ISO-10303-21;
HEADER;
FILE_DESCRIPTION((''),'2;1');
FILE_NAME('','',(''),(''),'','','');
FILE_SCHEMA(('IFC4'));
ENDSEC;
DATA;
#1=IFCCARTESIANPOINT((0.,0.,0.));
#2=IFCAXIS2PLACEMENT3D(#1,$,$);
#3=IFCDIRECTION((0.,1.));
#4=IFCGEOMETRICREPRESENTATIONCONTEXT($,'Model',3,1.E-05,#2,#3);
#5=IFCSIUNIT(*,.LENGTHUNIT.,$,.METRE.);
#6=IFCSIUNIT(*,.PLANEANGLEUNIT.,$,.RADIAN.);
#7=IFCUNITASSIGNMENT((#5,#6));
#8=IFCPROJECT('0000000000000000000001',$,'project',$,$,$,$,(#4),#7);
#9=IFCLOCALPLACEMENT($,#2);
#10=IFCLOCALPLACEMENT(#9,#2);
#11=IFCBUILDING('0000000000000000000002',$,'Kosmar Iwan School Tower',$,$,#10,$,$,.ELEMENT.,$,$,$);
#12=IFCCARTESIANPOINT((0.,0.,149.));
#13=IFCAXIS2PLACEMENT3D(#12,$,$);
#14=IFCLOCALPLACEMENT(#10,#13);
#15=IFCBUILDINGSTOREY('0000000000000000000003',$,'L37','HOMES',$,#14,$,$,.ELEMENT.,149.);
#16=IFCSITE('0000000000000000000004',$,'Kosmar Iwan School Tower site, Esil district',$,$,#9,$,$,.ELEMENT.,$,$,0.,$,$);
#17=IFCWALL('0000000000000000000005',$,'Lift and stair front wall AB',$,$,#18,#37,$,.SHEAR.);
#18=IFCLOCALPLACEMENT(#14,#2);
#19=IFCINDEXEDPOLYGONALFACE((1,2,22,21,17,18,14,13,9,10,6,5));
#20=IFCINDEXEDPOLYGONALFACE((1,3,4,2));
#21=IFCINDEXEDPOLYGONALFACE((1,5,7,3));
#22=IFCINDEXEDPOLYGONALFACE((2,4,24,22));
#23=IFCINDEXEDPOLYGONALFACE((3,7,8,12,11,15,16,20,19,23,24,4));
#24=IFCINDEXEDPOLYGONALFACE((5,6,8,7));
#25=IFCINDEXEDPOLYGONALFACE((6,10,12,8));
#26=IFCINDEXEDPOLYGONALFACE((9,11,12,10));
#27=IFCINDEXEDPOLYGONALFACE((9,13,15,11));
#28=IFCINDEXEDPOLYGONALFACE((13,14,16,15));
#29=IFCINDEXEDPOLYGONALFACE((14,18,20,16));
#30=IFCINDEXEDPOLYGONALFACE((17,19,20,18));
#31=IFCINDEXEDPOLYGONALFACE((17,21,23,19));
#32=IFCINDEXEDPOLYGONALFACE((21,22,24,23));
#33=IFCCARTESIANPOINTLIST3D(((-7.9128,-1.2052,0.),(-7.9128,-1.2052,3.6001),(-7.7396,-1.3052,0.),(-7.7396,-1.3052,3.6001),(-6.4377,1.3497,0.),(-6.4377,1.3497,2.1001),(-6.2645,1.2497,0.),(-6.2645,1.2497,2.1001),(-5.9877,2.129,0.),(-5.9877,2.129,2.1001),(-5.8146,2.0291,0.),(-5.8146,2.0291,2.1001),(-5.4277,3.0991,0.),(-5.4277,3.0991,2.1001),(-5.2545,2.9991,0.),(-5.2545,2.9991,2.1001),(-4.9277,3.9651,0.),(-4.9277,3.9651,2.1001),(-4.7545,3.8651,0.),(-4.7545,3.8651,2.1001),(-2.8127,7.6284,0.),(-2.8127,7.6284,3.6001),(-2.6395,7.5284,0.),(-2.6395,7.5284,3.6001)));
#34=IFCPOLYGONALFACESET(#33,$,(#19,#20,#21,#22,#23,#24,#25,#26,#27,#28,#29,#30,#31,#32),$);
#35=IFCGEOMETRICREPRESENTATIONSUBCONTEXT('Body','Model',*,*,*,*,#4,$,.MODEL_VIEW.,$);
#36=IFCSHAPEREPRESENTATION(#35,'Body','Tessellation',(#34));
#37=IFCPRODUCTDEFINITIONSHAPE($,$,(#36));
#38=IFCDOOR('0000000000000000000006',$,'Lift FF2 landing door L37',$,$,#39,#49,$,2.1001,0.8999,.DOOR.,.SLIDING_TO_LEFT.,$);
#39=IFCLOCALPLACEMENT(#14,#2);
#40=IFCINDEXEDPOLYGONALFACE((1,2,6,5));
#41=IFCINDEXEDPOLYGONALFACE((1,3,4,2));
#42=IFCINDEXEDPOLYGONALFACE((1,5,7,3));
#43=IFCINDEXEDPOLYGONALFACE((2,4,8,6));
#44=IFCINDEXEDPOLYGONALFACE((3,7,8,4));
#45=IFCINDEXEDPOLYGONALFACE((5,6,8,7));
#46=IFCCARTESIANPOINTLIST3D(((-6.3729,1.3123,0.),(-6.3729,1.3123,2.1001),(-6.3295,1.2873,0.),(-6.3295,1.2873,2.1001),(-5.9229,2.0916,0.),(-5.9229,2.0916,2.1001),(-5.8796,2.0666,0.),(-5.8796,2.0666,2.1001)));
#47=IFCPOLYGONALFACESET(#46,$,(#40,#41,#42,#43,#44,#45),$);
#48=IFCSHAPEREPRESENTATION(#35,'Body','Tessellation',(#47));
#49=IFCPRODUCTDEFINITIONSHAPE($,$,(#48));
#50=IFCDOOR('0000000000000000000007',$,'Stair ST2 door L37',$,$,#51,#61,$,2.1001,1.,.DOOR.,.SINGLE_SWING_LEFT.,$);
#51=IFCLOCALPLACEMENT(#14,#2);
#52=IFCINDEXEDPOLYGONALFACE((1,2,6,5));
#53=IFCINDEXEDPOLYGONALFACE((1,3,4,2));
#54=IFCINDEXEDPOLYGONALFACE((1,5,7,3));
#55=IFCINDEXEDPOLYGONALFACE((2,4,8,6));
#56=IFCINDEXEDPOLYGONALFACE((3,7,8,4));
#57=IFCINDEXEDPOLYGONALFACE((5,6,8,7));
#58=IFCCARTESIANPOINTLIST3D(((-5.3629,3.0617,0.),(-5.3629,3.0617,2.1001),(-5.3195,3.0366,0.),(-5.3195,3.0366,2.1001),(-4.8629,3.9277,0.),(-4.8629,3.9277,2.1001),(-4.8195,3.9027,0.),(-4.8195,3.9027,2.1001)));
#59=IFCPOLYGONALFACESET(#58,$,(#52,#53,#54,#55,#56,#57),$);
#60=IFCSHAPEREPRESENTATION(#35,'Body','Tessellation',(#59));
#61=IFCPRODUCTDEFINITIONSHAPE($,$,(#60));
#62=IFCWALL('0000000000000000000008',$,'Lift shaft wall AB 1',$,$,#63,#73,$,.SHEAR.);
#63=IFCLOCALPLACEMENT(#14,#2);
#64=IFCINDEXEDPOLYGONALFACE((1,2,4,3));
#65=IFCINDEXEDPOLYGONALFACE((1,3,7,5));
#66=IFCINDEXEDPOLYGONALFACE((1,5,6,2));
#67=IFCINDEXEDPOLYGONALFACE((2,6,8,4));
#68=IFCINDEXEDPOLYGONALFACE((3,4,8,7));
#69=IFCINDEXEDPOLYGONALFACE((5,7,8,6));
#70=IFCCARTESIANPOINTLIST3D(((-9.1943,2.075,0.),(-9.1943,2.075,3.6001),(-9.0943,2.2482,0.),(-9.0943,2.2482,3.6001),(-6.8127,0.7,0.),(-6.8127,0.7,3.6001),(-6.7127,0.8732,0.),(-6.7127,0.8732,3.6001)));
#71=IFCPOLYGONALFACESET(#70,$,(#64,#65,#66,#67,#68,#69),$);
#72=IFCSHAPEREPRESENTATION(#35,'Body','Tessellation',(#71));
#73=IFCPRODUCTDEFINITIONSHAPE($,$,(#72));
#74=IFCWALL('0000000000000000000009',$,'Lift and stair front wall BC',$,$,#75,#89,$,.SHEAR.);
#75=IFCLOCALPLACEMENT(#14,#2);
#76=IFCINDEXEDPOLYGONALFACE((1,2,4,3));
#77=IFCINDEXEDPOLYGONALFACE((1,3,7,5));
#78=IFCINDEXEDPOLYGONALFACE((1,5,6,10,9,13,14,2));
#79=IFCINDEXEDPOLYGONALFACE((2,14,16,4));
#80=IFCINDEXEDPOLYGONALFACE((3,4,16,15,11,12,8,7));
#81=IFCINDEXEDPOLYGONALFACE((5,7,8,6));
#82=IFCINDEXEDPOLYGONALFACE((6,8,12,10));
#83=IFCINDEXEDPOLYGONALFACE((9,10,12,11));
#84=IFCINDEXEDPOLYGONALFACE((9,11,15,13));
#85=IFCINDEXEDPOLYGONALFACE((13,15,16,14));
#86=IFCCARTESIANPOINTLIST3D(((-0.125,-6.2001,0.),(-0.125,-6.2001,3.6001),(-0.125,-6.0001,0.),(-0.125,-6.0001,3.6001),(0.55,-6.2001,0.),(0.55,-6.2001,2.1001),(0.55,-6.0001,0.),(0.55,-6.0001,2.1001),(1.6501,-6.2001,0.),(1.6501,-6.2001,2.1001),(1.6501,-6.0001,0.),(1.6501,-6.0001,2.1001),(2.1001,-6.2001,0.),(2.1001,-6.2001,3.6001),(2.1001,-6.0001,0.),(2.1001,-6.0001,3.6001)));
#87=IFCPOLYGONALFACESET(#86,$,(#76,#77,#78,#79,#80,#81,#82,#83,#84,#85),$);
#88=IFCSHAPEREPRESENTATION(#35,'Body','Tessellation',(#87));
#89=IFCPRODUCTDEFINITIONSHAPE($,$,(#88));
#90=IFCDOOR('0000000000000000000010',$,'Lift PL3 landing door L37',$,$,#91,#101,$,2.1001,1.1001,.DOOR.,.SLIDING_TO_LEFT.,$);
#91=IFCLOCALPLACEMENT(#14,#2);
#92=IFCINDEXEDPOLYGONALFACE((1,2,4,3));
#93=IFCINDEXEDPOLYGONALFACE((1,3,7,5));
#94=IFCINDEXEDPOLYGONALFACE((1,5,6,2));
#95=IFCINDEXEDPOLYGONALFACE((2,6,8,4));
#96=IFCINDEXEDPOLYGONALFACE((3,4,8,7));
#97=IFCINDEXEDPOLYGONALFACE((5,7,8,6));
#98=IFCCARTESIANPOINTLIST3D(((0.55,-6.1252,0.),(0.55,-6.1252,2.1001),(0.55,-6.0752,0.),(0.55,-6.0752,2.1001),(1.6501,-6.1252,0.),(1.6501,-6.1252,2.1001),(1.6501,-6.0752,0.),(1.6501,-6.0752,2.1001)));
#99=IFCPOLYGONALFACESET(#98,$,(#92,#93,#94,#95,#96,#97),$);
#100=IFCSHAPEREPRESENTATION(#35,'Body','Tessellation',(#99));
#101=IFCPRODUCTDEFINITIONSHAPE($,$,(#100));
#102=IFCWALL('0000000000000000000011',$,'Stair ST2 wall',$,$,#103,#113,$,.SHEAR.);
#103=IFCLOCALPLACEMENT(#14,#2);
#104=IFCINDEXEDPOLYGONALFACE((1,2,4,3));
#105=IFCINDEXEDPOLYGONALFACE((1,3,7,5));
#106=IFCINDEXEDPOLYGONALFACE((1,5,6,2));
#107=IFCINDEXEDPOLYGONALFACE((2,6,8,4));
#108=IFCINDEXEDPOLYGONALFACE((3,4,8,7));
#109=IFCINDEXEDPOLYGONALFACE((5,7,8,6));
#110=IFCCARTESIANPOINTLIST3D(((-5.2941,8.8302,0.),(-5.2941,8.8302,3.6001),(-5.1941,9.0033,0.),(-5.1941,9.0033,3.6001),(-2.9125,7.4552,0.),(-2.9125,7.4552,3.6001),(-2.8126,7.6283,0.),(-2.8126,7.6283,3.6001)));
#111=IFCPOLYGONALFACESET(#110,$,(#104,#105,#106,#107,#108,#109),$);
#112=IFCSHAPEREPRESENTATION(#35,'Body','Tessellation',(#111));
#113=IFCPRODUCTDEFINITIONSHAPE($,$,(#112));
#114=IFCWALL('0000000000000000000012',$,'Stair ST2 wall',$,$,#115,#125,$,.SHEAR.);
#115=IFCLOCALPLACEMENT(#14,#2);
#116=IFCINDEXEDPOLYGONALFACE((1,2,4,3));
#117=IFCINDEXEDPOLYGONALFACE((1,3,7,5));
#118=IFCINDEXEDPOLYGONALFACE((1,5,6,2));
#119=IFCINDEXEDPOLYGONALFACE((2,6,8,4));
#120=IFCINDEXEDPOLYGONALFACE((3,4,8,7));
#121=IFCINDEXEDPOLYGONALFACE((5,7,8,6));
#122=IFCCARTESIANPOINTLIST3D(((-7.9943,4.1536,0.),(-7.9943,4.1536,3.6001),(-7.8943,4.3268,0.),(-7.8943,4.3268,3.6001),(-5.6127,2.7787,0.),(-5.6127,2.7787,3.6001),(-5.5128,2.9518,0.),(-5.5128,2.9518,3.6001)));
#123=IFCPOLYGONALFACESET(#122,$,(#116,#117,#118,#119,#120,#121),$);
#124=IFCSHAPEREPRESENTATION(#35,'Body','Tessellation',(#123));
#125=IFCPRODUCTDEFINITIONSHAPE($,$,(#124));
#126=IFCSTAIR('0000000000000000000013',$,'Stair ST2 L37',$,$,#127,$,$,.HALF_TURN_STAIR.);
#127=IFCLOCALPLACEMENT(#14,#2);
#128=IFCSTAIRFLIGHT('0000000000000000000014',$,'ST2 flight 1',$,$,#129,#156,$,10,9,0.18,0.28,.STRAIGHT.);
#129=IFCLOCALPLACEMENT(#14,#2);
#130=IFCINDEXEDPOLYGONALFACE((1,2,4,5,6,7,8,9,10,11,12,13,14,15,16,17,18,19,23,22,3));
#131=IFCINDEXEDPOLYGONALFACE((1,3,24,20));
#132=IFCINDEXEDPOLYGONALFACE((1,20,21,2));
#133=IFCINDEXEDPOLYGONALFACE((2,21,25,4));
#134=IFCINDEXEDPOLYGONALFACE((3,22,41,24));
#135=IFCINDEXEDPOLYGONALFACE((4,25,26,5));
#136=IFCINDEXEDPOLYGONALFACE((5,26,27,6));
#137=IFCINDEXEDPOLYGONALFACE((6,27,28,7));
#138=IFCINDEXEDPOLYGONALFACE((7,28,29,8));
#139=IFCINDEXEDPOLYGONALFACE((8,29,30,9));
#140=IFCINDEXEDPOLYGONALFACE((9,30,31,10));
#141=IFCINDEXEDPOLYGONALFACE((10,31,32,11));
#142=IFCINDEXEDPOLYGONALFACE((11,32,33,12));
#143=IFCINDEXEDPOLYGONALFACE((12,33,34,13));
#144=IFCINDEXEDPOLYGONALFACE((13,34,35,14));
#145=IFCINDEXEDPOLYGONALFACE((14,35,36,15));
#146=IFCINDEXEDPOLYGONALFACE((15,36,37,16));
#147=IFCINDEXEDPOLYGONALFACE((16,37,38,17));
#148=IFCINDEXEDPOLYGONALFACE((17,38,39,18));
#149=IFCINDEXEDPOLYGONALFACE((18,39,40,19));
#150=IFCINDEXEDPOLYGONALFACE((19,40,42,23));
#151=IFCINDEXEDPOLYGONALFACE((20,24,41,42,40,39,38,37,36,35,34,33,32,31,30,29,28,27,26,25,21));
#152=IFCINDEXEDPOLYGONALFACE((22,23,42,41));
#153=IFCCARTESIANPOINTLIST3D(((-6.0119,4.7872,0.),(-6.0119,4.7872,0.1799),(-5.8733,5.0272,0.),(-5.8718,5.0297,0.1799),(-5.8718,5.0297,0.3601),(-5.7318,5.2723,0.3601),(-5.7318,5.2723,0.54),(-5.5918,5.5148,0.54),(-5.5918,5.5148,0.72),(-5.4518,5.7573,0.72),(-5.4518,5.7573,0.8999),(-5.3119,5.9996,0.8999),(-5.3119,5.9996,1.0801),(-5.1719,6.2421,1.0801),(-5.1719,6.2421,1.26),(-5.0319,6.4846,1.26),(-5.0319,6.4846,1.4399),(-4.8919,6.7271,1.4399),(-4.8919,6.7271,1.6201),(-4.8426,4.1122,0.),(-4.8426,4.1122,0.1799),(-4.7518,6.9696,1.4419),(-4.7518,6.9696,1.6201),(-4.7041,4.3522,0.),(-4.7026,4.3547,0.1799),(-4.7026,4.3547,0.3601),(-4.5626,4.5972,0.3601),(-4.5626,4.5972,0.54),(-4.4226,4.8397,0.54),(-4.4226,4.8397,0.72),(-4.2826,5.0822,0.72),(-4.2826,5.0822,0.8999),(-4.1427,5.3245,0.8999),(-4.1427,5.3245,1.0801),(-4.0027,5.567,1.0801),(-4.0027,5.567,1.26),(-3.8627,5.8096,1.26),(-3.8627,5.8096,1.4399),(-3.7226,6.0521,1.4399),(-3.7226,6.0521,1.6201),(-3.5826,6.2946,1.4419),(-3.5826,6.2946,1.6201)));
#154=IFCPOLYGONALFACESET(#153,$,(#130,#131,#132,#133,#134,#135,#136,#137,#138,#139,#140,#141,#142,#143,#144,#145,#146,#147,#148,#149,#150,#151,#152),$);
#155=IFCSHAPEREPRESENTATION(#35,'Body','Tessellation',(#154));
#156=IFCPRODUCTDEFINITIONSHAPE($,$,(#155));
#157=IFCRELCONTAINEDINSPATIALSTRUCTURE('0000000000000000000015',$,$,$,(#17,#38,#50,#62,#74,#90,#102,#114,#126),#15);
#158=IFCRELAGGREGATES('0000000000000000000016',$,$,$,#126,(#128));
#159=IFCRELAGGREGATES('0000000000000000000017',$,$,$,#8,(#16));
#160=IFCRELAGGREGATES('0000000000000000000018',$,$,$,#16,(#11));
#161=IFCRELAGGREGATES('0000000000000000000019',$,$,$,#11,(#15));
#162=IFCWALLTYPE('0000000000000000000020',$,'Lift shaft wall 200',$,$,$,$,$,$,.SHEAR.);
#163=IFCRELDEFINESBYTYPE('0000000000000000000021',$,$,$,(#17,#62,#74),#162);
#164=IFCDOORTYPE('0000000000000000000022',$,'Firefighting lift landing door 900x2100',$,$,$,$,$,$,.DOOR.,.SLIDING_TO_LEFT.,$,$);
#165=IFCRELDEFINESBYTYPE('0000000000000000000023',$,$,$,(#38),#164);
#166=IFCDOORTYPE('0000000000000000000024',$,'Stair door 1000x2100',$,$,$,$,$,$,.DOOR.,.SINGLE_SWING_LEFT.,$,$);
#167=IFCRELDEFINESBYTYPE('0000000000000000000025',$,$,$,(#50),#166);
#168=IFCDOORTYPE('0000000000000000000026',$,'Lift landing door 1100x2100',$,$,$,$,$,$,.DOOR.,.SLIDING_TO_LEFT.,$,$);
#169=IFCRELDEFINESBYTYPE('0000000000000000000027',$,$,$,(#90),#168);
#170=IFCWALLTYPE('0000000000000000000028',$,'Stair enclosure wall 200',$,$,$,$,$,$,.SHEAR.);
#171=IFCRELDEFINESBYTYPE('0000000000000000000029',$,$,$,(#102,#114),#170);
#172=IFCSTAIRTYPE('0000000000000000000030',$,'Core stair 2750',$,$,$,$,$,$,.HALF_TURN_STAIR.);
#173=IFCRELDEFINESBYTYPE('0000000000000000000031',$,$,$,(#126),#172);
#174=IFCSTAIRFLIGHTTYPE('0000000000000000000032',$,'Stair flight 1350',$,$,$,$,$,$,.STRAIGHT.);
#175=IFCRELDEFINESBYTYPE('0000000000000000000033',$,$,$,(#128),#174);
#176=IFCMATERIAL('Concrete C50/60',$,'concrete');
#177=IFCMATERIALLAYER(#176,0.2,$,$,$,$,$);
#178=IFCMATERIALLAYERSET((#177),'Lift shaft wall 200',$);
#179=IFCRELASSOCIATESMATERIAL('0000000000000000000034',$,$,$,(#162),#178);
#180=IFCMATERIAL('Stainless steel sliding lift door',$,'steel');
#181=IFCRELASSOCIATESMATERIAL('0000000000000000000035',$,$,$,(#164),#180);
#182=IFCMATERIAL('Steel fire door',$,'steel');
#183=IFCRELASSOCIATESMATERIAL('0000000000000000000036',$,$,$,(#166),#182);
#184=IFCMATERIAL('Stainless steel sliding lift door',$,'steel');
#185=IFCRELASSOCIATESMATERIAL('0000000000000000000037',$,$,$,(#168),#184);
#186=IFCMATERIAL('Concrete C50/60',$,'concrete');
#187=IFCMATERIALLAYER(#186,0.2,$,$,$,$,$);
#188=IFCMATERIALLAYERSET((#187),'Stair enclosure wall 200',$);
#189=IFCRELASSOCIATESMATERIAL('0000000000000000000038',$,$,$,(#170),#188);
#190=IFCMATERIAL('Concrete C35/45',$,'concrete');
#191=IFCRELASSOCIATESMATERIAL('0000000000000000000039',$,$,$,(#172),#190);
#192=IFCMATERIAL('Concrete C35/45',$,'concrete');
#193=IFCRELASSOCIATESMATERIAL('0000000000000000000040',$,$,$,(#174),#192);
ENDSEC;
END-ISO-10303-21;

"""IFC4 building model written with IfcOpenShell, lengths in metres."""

from ifc_helpers import new_model, si_unit, direction, frame, frame_2d, origin, place, context, subcontext, project, spatial, polyline, rectangle, outline, extrude, material, layer, layer_set, type_object, element, fill, aggregate, save


model = new_model("IFC4")

# Units and contexts
model_context = context("Model", 3, precision=1e-05, world=origin(), true_north=direction((0.0, 1.0)))
body_context = subcontext(model_context, "Body", "Model", "MODEL_VIEW")
ifc_project = project(units=[si_unit("LENGTHUNIT", "METRE"), si_unit("PLANEANGLEUNIT", "RADIAN")], contexts=[model_context])

# Site, building, storey
site_placement = place(None, origin())
site = spatial("IfcSite", under=ifc_project, at=site_placement, Name="Kosmar Iwan School Tower site, Esil district", CompositionType="ELEMENT", RefElevation=0.0)
building_placement = place(site_placement, origin())
building = spatial("IfcBuilding", under=site, at=building_placement, Name="Kosmar Iwan School Tower", CompositionType="ELEMENT")
storey_placement = place(building_placement, frame((0.0, 0.0, 149.0)))
storey = spatial("IfcBuildingStorey", under=building, at=storey_placement, Name="L37", Description="HOMES", CompositionType="ELEMENT", Elevation=149.0)

# Wall, openings, doors
ifc_material_1 = material(Name="Concrete C50/60", Category="concrete")
ifc_layer_1 = layer(ifc_material_1, 0.2)
ifc_layer_set_1 = layer_set([ifc_layer_1], Name="Lift shaft wall 200")
wall_type_1 = type_object("IfcWallType", Name="Lift shaft wall 200", PredefinedType="SHEAR", material=ifc_layer_set_1)
wall_1_placement = place(storey_placement, frame((-2.7261, 7.5784, 0.0), z_axis=(0.0, 0.0, 1.0), x_axis=(-0.500006, -0.866022, 0.0)))
wall_1 = element("IfcWall", 1, at=wall_1_placement, inside=storey, type_object=wall_type_1, Name="Lift and stair front wall AB", PredefinedType="SHEAR", context=body_context, shape_type="SweptSolid", body=[
    extrude(rectangle(XDim=10.2002, YDim=0.2, at=frame_2d((5.1001, 0.0))), origin(), (0.0, 0.0, 1.0), 3.6001),
])
opening_1_placement = place(wall_1_placement, frame((6.3501, 0.0, 0.0)))
opening_1 = element("IfcOpeningElement", 2, at=opening_1_placement, cuts=wall_1, PredefinedType="OPENING", context=body_context, shape_type="SweptSolid", body=[
    extrude(rectangle(XDim=0.8999, YDim=2.1001, at=frame_2d((0.45, 1.05))), frame((0.0, 0.1121, 0.0), z_axis=(0.0, -1.0, 0.0), x_axis=(1.0, 0.0, 0.0)), (0.0, 0.0, 1.0), 0.2239),
])
opening_2_placement = place(wall_1_placement, frame((4.23, 0.0, 0.0)))
opening_2 = element("IfcOpeningElement", 3, at=opening_2_placement, cuts=wall_1, PredefinedType="OPENING", context=body_context, shape_type="SweptSolid", body=[
    extrude(rectangle(XDim=1.0, YDim=2.1001, at=frame_2d((0.5, 1.05))), frame((0.0, 0.1121, 0.0), z_axis=(0.0, -1.0, 0.0), x_axis=(1.0, 0.0, 0.0)), (0.0, 0.0, 1.0), 0.2239),
])
ifc_material_2 = material(Name="Stainless steel sliding lift door", Category="steel")
door_type_1 = type_object("IfcDoorType", Name="Firefighting lift landing door 900x2100", OperationType="SLIDING_TO_LEFT", PredefinedType="DOOR", material=ifc_material_2)
door_1_placement = place(opening_1_placement, origin())
door_1 = element("IfcDoor", 4, at=door_1_placement, inside=storey, type_object=door_type_1, Name="Lift FF2 landing door L37", OperationType="SLIDING_TO_LEFT", OverallHeight=2.1001, OverallWidth=0.8999, PredefinedType="DOOR", context=body_context, shape_type="SweptSolid", body=[
    extrude(rectangle(XDim=0.8999, YDim=2.1001, at=frame_2d((0.45, 1.05))), frame((0.0, 0.0249, 0.0), z_axis=(0.0, -1.0, 0.0), x_axis=(1.0, 0.0, 0.0)), (0.0, 0.0, 1.0), 0.05),
])
fill(opening_1, door_1)
ifc_material_3 = material(Name="Steel fire door", Category="steel")
door_type_2 = type_object("IfcDoorType", Name="Stair door 1000x2100", OperationType="SINGLE_SWING_LEFT", PredefinedType="DOOR", material=ifc_material_3)
door_2_placement = place(opening_2_placement, origin())
door_2 = element("IfcDoor", 5, at=door_2_placement, inside=storey, type_object=door_type_2, Name="Stair ST2 door L37", OperationType="SINGLE_SWING_LEFT", OverallHeight=2.1001, OverallWidth=1.0, PredefinedType="DOOR", context=body_context, shape_type="SweptSolid", body=[
    extrude(rectangle(XDim=1.0, YDim=2.1001, at=frame_2d((0.5, 1.05))), frame((0.0, 0.0249, 0.0), z_axis=(0.0, -1.0, 0.0), x_axis=(1.0, 0.0, 0.0)), (0.0, 0.0, 1.0), 0.05),
])
fill(opening_2, door_2)

# Wall
wall_2_placement = place(storey_placement, frame((-6.7627, 0.7866, 0.0), z_axis=(0.0, 0.0, 1.0), x_axis=(-0.866027, 0.499997, 0.0)))
element("IfcWall", 6, at=wall_2_placement, inside=storey, type_object=wall_type_1, Name="Lift shaft wall AB 1", PredefinedType="SHEAR", context=body_context, shape_type="SweptSolid", body=[
    extrude(rectangle(XDim=2.75, YDim=0.2, at=frame_2d((1.375, 0.0))), origin(), (0.0, 0.0, 1.0), 3.6001),
])

# Wall, opening, door
wall_3_placement = place(storey_placement, frame((-0.125, -6.1001, 0.0), z_axis=(0.0, 0.0, 1.0), x_axis=(1.0, 0.0, 0.0)))
wall_3 = element("IfcWall", 7, at=wall_3_placement, inside=storey, type_object=wall_type_1, Name="Lift and stair front wall BC", PredefinedType="SHEAR", context=body_context, shape_type="SweptSolid", body=[
    extrude(rectangle(XDim=2.2251, YDim=0.2, at=frame_2d((1.1125, 0.0))), origin(), (0.0, 0.0, 1.0), 3.6001),
])
opening_3_placement = place(wall_3_placement, frame((0.675, 0.0, 0.0)))
opening_3 = element("IfcOpeningElement", 8, at=opening_3_placement, cuts=wall_3, PredefinedType="OPENING", context=body_context, shape_type="SweptSolid", body=[
    extrude(rectangle(XDim=1.1001, YDim=2.1001, at=frame_2d((0.55, 1.05))), frame((0.0, 0.1121, 0.0), z_axis=(0.0, -1.0, 0.0), x_axis=(1.0, 0.0, 0.0)), (0.0, 0.0, 1.0), 0.2239),
])
ifc_material_4 = material(Name="Stainless steel sliding lift door", Category="steel")
door_type_3 = type_object("IfcDoorType", Name="Lift landing door 1100x2100", OperationType="SLIDING_TO_LEFT", PredefinedType="DOOR", material=ifc_material_4)
door_3_placement = place(opening_3_placement, origin())
door_3 = element("IfcDoor", 9, at=door_3_placement, inside=storey, type_object=door_type_3, Name="Lift PL3 landing door L37", OperationType="SLIDING_TO_LEFT", OverallHeight=2.1001, OverallWidth=1.1001, PredefinedType="DOOR", context=body_context, shape_type="SweptSolid", body=[
    extrude(rectangle(XDim=1.1001, YDim=2.1001, at=frame_2d((0.55, 1.05))), frame((0.0, 0.0249, 0.0), z_axis=(0.0, -1.0, 0.0), x_axis=(1.0, 0.0, 0.0)), (0.0, 0.0, 1.0), 0.05),
])
fill(opening_3, door_3)

# Walls
ifc_material_5 = material(Name="Concrete C50/60", Category="concrete")
ifc_layer_2 = layer(ifc_material_5, 0.2)
ifc_layer_set_2 = layer_set([ifc_layer_2], Name="Stair enclosure wall 200")
wall_type_2 = type_object("IfcWallType", Name="Stair enclosure wall 200", PredefinedType="SHEAR", material=ifc_layer_set_2)
for number, where, z_axis, x_axis, name in (
    (10, (-2.8625, 7.5417, 0.0), (0.0, 0.0, 1.0), (-0.866027, 0.499997, 0.0), "Stair ST2 wall"),
    (11, (-5.5627, 2.8652, 0.0), (0.0, 0.0, 1.0), (-0.866027, 0.499997, 0.0), "Stair ST2 wall"),
):
    element("IfcWall", number, at=place(storey_placement, frame(where, z_axis=z_axis, x_axis=x_axis)), inside=storey, type_object=wall_type_2, Name=name, PredefinedType="SHEAR", context=body_context, shape_type="SweptSolid", body=[
        extrude(rectangle(XDim=2.75, YDim=0.2, at=frame_2d((1.375, 0.0))), origin(), (0.0, 0.0, 1.0), 3.6001),
    ])

# Stair, stair flight
ifc_material_6 = material(Name="Concrete C35/45", Category="concrete")
stair_type = type_object("IfcStairType", Name="Core stair 2750", PredefinedType="HALF_TURN_STAIR", material=ifc_material_6)
stair_placement = place(storey_placement, origin())
stair = element("IfcStair", 12, at=stair_placement, inside=storey, type_object=stair_type, Name="Stair ST2 L37", PredefinedType="HALF_TURN_STAIR")
ifc_material_7 = material(Name="Concrete C35/45", Category="concrete")
stair_flight_type = type_object("IfcStairFlightType", Name="Stair flight 1350", PredefinedType="STRAIGHT", material=ifc_material_7)
stair_flight_1_placement = place(storey_placement, frame((-5.4272, 4.4497, 0.0), z_axis=(0.0, 0.0, 1.0), x_axis=(0.5, 0.866025, 0.0)))
stair_flight_1 = element("IfcStairFlight", 13, at=stair_flight_1_placement, type_object=stair_flight_type, Name="ST2 flight 1", NumberOfRisers=10, NumberOfTreads=9, PredefinedType="STRAIGHT", RiserHeight=0.18, TreadLength=0.28, context=body_context, shape_type="SweptSolid", body=[
    extrude(outline(polyline([(0.0, 0.0), (0.0, 0.1799), (0.28, 0.1799), (0.28, 0.3601), (0.5601, 0.3601), (0.5601, 0.54), (0.8401, 0.54), (0.8401, 0.72), (1.1201, 0.72), (1.1201, 0.8999), (1.3999, 0.8999), (1.3999, 1.0801), (1.6799, 1.0801), (1.6799, 1.26), (1.96, 1.26), (1.96, 1.4399), (2.24, 1.4399), (2.24, 1.6201), (2.52, 1.6201), (2.52, 1.8), (2.52, 1.4419), (0.2771, 0.0), (0.0, 0.0)])), frame((0.0, 0.675, 0.0), z_axis=(0.0, -1.0, 0.0), x_axis=(1.0, 0.0, 0.0)), (0.0, 0.0, 1.0), 1.3501),
])
aggregate(stair, [stair_flight_1])

save(model, "model.ifc")
